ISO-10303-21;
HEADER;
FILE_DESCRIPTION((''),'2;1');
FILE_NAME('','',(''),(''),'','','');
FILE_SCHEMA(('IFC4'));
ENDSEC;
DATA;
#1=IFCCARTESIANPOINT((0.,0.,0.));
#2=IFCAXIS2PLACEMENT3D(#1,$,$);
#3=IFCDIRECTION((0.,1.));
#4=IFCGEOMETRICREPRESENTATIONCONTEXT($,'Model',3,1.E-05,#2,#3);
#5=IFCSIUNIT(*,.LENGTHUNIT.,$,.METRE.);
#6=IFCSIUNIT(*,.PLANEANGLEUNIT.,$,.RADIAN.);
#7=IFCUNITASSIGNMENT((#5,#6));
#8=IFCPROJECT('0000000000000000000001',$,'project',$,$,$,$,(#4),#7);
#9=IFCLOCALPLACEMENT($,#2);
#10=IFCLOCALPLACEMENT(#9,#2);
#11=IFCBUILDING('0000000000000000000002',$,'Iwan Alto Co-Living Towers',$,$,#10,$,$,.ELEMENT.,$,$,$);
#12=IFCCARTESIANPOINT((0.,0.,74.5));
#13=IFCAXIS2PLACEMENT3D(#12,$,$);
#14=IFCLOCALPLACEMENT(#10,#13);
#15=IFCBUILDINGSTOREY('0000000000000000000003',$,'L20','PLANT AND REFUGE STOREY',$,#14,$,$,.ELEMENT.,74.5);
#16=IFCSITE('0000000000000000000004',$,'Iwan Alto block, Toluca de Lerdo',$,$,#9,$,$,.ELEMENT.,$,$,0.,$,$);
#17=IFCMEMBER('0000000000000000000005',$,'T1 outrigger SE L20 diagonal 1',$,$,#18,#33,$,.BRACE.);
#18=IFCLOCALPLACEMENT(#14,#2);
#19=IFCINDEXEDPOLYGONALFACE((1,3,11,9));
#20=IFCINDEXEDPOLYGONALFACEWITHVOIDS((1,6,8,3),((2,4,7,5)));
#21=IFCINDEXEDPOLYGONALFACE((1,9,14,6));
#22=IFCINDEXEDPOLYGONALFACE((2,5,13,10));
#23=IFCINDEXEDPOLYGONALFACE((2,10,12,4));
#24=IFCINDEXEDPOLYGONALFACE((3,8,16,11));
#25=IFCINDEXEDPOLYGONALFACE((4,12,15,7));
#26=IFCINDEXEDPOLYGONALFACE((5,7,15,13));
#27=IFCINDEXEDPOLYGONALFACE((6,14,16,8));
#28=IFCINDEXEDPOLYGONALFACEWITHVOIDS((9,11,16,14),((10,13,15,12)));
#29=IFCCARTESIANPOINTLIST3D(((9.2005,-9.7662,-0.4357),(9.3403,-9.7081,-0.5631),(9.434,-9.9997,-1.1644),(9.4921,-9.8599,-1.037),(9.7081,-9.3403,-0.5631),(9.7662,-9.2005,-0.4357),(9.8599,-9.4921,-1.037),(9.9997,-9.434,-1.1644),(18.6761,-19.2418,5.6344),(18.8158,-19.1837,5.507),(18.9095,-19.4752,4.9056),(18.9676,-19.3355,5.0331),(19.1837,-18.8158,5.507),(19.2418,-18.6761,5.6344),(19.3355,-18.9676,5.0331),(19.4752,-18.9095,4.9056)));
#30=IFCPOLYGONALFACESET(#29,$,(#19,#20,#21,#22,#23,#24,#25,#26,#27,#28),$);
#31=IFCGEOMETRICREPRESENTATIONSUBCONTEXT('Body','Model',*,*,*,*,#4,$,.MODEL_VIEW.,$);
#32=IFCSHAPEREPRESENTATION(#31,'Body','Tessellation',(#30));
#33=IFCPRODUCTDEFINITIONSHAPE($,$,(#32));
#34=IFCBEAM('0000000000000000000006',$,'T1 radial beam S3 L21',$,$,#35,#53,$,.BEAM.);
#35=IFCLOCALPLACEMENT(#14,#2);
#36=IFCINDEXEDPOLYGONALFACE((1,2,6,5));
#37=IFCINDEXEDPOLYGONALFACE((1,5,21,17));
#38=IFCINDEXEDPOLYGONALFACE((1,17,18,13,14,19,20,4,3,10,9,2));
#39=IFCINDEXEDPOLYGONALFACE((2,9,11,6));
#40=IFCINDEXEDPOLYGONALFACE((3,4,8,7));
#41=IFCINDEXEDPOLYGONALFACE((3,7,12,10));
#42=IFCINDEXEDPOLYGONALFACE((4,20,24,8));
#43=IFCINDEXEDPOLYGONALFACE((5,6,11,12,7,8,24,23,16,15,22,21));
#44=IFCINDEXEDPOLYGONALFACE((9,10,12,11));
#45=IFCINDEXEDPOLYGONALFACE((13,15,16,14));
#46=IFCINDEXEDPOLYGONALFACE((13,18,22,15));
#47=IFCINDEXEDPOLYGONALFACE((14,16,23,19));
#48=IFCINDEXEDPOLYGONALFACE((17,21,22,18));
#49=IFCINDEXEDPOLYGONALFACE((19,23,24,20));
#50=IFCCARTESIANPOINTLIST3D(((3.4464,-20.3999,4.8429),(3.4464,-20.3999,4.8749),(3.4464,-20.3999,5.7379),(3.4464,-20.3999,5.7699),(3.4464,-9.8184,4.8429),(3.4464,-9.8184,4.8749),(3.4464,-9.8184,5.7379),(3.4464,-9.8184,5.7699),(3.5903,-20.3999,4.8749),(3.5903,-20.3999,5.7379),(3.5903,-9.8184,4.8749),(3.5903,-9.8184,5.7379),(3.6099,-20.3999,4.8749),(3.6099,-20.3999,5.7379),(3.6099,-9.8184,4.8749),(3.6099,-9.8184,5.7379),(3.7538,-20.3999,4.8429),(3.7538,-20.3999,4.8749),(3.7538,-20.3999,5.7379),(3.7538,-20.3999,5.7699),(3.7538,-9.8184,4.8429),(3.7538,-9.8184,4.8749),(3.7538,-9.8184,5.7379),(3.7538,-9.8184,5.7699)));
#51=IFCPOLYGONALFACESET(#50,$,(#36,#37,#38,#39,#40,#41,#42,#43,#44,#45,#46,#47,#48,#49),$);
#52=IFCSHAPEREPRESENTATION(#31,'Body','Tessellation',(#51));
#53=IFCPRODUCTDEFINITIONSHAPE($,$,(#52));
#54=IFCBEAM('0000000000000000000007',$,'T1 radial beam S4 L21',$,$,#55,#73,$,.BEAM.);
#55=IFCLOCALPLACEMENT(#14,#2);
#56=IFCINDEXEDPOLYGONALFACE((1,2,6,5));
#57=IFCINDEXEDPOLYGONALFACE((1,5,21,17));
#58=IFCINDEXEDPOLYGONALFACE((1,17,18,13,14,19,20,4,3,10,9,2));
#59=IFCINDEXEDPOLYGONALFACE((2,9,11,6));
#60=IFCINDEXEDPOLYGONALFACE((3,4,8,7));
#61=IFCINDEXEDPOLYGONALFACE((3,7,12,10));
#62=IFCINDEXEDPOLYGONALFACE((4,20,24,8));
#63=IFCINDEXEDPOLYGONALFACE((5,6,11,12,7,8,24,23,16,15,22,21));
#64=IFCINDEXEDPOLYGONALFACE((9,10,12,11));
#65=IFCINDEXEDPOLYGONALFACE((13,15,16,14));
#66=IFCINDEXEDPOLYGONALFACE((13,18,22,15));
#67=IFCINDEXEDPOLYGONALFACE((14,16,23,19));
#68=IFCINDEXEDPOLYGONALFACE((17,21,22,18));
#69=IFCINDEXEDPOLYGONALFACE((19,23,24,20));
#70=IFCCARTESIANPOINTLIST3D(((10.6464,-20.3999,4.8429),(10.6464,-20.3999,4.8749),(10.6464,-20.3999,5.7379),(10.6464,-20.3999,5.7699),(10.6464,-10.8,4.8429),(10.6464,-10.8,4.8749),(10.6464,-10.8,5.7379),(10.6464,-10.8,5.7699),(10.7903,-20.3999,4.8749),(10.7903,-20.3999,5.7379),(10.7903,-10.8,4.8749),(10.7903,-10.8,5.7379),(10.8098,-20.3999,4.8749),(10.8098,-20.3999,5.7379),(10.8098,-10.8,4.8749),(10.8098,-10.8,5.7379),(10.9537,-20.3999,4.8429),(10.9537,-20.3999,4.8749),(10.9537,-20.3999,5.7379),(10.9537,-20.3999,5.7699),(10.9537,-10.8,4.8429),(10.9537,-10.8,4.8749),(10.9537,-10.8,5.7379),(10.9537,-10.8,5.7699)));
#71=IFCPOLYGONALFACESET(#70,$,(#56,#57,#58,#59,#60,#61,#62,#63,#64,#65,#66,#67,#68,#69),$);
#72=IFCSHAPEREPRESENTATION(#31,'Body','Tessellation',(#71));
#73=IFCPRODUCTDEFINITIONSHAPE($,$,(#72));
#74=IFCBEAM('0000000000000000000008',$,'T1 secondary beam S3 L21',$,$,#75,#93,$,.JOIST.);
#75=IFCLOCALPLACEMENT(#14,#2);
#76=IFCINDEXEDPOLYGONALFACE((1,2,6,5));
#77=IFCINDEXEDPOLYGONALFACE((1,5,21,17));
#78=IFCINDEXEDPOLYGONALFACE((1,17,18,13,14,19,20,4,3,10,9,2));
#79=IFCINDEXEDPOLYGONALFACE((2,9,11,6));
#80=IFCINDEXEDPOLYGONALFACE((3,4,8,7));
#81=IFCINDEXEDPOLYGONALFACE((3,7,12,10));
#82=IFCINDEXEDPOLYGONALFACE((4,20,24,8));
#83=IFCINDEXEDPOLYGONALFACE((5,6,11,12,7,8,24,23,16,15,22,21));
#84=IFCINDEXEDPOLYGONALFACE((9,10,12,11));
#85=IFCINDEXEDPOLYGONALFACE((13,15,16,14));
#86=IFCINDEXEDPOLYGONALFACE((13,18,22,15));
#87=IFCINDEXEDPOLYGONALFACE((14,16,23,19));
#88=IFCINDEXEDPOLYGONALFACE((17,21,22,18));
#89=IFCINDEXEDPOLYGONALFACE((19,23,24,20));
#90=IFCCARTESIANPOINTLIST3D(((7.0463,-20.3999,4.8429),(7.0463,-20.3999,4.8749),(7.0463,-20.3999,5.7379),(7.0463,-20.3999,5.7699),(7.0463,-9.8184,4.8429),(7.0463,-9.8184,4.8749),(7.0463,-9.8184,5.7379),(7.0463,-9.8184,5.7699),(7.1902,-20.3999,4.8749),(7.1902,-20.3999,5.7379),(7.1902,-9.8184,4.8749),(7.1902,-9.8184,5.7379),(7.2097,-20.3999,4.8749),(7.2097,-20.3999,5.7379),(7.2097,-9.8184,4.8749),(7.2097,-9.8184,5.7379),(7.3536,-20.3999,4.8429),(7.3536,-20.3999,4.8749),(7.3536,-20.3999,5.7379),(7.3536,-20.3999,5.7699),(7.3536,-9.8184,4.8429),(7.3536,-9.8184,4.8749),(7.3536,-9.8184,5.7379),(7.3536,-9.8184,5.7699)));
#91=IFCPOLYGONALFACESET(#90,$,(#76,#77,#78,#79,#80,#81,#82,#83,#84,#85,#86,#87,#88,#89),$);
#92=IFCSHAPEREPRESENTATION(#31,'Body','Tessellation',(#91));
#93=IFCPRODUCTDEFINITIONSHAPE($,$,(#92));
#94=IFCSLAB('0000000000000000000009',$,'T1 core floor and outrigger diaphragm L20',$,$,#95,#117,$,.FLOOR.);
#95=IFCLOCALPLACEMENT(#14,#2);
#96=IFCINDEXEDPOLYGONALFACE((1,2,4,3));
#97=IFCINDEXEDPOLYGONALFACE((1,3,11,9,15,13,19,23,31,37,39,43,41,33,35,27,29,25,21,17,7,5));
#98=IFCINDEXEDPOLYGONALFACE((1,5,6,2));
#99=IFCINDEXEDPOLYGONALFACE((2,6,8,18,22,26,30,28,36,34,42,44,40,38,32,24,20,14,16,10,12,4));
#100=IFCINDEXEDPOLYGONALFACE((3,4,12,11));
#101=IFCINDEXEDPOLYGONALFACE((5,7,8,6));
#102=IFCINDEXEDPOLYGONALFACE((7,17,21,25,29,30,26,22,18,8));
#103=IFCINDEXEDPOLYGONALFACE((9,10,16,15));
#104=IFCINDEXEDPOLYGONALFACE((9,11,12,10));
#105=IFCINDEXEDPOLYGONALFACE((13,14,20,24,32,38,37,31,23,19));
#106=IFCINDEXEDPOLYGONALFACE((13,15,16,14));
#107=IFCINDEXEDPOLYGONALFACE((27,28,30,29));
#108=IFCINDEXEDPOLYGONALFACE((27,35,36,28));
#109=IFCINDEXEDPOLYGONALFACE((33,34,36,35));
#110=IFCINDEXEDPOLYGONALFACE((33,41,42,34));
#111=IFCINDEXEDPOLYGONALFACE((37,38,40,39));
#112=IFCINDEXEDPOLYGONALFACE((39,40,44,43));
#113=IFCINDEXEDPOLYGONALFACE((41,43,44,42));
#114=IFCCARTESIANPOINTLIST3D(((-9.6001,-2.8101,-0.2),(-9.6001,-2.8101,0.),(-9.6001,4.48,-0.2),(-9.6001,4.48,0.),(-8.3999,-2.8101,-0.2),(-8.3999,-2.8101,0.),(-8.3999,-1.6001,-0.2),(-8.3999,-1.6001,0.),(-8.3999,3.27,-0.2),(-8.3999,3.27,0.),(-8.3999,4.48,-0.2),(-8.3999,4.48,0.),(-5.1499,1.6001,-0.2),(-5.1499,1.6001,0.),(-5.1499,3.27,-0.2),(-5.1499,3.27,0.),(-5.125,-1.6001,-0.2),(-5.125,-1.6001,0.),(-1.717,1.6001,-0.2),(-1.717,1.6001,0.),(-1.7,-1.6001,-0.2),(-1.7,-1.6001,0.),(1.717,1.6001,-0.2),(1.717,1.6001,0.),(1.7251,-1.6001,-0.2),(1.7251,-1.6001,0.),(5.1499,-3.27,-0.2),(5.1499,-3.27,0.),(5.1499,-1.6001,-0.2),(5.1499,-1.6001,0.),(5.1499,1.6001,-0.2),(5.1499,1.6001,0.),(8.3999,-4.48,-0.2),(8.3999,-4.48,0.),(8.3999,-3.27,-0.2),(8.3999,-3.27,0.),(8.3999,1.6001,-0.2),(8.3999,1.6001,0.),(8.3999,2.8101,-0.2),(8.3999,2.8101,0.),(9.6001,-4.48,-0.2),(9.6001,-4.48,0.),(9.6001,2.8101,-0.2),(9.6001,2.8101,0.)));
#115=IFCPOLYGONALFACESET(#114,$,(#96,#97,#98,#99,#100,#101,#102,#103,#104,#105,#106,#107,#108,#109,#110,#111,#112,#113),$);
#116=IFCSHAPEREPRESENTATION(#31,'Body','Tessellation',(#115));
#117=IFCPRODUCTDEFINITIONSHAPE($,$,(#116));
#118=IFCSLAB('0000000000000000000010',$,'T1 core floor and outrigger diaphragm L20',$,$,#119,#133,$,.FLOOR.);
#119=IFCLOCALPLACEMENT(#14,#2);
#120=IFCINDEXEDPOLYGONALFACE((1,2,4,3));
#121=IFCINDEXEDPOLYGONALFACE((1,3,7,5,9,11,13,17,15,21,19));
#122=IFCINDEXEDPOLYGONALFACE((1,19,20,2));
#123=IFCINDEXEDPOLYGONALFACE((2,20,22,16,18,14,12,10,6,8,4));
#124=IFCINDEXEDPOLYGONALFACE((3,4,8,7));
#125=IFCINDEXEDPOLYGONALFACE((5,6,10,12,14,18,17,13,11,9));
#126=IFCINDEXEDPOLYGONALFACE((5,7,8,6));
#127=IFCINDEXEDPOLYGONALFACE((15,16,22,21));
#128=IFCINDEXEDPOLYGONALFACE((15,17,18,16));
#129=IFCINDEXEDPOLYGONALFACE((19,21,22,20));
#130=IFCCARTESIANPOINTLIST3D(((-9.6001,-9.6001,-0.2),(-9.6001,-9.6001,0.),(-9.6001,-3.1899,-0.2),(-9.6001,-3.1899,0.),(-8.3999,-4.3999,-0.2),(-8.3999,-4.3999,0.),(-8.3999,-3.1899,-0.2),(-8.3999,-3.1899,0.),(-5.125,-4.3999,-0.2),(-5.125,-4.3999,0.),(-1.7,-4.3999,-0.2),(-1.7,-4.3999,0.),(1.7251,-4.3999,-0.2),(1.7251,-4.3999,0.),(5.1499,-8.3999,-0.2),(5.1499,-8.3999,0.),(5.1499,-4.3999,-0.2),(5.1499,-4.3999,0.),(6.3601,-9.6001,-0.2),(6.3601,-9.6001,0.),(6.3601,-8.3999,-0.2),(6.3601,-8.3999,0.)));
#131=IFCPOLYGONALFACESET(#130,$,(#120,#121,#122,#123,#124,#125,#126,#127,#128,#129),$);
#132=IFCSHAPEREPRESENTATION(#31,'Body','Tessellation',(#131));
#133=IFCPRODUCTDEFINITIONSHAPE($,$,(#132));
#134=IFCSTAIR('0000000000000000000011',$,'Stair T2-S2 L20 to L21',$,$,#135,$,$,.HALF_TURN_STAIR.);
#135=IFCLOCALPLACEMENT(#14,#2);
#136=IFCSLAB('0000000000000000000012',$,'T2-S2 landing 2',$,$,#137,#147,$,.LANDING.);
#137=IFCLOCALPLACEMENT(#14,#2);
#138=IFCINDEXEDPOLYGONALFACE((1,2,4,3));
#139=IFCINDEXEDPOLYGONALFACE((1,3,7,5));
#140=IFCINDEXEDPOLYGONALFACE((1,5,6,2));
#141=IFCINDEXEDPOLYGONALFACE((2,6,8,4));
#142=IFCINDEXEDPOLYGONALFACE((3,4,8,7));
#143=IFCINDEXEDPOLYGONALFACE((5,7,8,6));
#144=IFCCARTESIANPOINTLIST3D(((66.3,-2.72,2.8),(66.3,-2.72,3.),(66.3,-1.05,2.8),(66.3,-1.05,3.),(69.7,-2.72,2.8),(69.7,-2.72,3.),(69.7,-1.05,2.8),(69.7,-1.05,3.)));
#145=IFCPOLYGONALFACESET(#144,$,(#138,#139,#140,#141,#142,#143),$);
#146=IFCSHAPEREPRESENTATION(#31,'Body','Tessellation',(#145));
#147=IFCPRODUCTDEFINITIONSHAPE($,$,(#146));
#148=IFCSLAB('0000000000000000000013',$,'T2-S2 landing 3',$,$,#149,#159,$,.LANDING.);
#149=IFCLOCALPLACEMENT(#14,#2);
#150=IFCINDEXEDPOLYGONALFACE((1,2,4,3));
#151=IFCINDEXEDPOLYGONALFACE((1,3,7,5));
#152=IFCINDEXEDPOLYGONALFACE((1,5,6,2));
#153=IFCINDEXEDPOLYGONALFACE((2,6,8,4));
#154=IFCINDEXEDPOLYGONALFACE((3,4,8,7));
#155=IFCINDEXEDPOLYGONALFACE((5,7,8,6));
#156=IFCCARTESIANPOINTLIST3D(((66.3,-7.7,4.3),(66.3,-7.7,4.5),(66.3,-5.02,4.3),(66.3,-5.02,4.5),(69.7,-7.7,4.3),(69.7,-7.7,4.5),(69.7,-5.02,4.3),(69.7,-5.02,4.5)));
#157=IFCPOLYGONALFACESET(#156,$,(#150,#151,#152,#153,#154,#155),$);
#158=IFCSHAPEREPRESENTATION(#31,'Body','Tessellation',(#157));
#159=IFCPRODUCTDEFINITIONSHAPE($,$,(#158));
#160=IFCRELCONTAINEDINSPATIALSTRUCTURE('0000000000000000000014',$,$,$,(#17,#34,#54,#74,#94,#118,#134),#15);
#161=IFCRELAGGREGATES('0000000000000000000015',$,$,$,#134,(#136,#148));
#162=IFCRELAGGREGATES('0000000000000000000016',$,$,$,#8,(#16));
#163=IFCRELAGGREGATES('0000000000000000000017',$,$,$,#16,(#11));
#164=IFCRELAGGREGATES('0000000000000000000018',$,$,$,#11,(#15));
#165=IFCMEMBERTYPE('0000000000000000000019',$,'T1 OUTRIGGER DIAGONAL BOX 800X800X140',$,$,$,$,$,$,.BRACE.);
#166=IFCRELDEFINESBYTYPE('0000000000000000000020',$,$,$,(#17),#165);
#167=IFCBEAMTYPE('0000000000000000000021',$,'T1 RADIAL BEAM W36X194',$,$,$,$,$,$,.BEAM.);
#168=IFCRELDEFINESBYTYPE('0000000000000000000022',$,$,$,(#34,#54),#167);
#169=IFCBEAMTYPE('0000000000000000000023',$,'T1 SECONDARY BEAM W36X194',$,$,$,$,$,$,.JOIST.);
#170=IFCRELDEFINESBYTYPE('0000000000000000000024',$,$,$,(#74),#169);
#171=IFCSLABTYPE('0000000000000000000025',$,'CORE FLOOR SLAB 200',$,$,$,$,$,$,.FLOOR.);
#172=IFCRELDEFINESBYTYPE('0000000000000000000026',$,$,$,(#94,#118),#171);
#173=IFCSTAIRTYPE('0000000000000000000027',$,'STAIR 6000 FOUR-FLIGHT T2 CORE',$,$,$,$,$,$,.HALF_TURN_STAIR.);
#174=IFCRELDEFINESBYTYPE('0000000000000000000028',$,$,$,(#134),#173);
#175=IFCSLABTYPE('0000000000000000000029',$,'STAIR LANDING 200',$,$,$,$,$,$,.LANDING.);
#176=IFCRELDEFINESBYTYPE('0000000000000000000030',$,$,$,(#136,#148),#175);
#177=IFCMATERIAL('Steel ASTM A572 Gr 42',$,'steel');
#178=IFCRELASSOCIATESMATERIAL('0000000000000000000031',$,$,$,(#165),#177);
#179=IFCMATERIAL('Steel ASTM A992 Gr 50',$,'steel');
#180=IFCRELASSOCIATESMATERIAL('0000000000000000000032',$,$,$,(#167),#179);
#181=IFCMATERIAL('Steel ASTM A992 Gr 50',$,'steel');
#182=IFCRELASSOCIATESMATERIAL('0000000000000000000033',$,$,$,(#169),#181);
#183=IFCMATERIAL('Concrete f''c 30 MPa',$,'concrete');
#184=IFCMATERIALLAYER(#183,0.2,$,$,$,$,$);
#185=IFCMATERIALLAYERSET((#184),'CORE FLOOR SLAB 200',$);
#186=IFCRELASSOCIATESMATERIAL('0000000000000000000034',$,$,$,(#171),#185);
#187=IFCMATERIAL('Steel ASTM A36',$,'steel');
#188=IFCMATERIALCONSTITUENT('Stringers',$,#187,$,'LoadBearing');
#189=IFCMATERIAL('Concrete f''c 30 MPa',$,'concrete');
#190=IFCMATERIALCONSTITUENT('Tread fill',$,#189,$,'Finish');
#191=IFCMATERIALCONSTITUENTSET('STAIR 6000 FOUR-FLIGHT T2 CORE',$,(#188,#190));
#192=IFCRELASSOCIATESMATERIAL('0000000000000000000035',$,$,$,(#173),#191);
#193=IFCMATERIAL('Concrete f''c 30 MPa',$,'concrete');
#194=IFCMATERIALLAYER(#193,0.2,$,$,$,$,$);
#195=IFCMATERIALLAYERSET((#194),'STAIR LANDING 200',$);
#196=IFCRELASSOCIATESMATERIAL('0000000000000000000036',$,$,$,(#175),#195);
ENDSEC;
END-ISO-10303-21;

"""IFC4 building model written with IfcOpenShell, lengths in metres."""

from ifc_helpers import new_model, si_unit, direction, frame, origin, origin_2d, place, context, subcontext, project, spatial, polyline, hollow_rectangle, i_section, outline, extrude, material, layer, layer_set, constituent, constituent_set, material_profile, profile_set, type_object, element, aggregate, save


model = new_model("IFC4")

# Units and contexts
model_context = context("Model", 3, precision=1e-05, world=origin(), true_north=direction((0.0, 1.0)))
body_context = subcontext(model_context, "Body", "Model", "MODEL_VIEW")
ifc_project = project(units=[si_unit("LENGTHUNIT", "METRE"), si_unit("PLANEANGLEUNIT", "RADIAN")], contexts=[model_context])

# Site, building, storey
site_placement = place(None, origin())
site = spatial("IfcSite", under=ifc_project, at=site_placement, Name="Iwan Alto block, Toluca de Lerdo", CompositionType="ELEMENT", RefElevation=0.0)
building_placement = place(site_placement, origin())
building = spatial("IfcBuilding", under=site, at=building_placement, Name="Iwan Alto Co-Living Towers", CompositionType="ELEMENT")
storey_placement = place(building_placement, frame((0.0, 0.0, 74.5)))
storey = spatial("IfcBuildingStorey", under=building, at=storey_placement, Name="L20", Description="PLANT AND REFUGE STOREY", CompositionType="ELEMENT", Elevation=74.5)

# Member
ifc_material_1 = material(Name="Steel ASTM A572 Gr 42", Category="steel")
ifc_material_profile_1 = material_profile(ifc_material_1, hollow_rectangle(XDim=0.8, YDim=0.8, WallThickness=0.1399, at=origin_2d()), Name="BOX 800X800X140")
ifc_profile_set_1 = profile_set([ifc_material_profile_1], Name="Steel ASTM A572 Gr 42")
member_type_1 = type_object("IfcMemberType", Name="T1 OUTRIGGER DIAGONAL BOX 800X800X140", PredefinedType="BRACE", material=ifc_profile_set_1)
member_1_placement = place(storey_placement, frame((9.6001, -9.6001, -0.8), z_axis=(0.644107, -0.644107, 0.412616), x_axis=(0.707107, 0.707107, 0.0)))
element("IfcMember", 1, at=member_1_placement, inside=storey, type_object=member_type_1, Name="T1 outrigger SE L20 diagonal 1", PredefinedType="BRACE", context=body_context, shape_type="SweptSolid", body=[
    extrude(hollow_rectangle(XDim=0.8, YDim=0.8, WallThickness=0.1399, at=origin_2d()), origin(), (0.0, 0.0, 1.0), 14.7112),
])

# Beams
ifc_material_2 = material(Name="Steel ASTM A992 Gr 50", Category="steel")
ifc_material_profile_2 = material_profile(ifc_material_2, i_section(OverallWidth=0.3074, OverallDepth=0.927, WebThickness=0.0195, FlangeThickness=0.032, at=origin_2d()), Name="W36X194")
ifc_profile_set_2 = profile_set([ifc_material_profile_2], Name="Steel ASTM A992 Gr 50")
beam_type_1 = type_object("IfcBeamType", Name="T1 RADIAL BEAM W36X194", PredefinedType="BEAM", material=ifc_profile_set_2)
beam_1_placement = place(storey_placement, frame((3.6001, -20.3999, 5.3064), z_axis=(0.0, 1.0, 0.0), x_axis=(-1.0, 0.0, 0.0)))
element("IfcBeam", 2, at=beam_1_placement, inside=storey, type_object=beam_type_1, Name="T1 radial beam S3 L21", PredefinedType="BEAM", context=body_context, shape_type="SweptSolid", body=[
    extrude(i_section(OverallWidth=0.3074, OverallDepth=0.927, WebThickness=0.0195, FlangeThickness=0.032, at=origin_2d()), origin(), (0.0, 0.0, 1.0), 10.5815),
])
beam_2_placement = place(storey_placement, frame((10.8, -20.3999, 5.3064), z_axis=(0.0, 1.0, 0.0), x_axis=(-1.0, 0.0, 0.0)))
element("IfcBeam", 3, at=beam_2_placement, inside=storey, type_object=beam_type_1, Name="T1 radial beam S4 L21", PredefinedType="BEAM", context=body_context, shape_type="SweptSolid", body=[
    extrude(i_section(OverallWidth=0.3074, OverallDepth=0.927, WebThickness=0.0195, FlangeThickness=0.032, at=origin_2d()), origin(), (0.0, 0.0, 1.0), 9.5999),
])
ifc_material_3 = material(Name="Steel ASTM A992 Gr 50", Category="steel")
ifc_material_profile_3 = material_profile(ifc_material_3, i_section(OverallWidth=0.3074, OverallDepth=0.927, WebThickness=0.0195, FlangeThickness=0.032, at=origin_2d()), Name="W36X194")
ifc_profile_set_3 = profile_set([ifc_material_profile_3], Name="Steel ASTM A992 Gr 50")
beam_type_2 = type_object("IfcBeamType", Name="T1 SECONDARY BEAM W36X194", PredefinedType="JOIST", material=ifc_profile_set_3)
beam_3_placement = place(storey_placement, frame((7.2, -20.3999, 5.3064), z_axis=(0.0, 1.0, 0.0), x_axis=(-1.0, 0.0, 0.0)))
element("IfcBeam", 4, at=beam_3_placement, inside=storey, type_object=beam_type_2, Name="T1 secondary beam S3 L21", PredefinedType="JOIST", context=body_context, shape_type="SweptSolid", body=[
    extrude(i_section(OverallWidth=0.3074, OverallDepth=0.927, WebThickness=0.0195, FlangeThickness=0.032, at=origin_2d()), origin(), (0.0, 0.0, 1.0), 10.5815),
])

# Slabs
ifc_material_4 = material(Name="Concrete f'c 30 MPa", Category="concrete")
ifc_layer_1 = layer(ifc_material_4, 0.2)
ifc_layer_set_1 = layer_set([ifc_layer_1], Name="CORE FLOOR SLAB 200")
slab_type_1 = type_object("IfcSlabType", Name="CORE FLOOR SLAB 200", PredefinedType="FLOOR", material=ifc_layer_set_1)
slab_1_placement = place(storey_placement, frame((0.0, 0.0, -0.2)))
element("IfcSlab", 5, at=slab_1_placement, inside=storey, type_object=slab_type_1, Name="T1 core floor and outrigger diaphragm L20", PredefinedType="FLOOR", context=body_context, shape_type="SweptSolid", body=[
    extrude(outline(polyline([(8.3999, -3.27), (5.1499, -3.27), (5.1499, -1.6001), (1.7251, -1.6001), (-1.7, -1.6001), (-5.125, -1.6001), (-8.3999, -1.6001), (-8.3999, -2.8101), (-9.6001, -2.8101), (-9.6001, 4.48), (-8.3999, 4.48), (-8.3999, 3.27), (-5.1499, 3.27), (-5.1499, 1.6001), (-1.717, 1.6001), (1.717, 1.6001), (5.1499, 1.6001), (8.3999, 1.6001), (8.3999, 2.8101), (9.6001, 2.8101), (9.6001, -4.48), (8.3999, -4.48), (8.3999, -3.27)])), origin(), (0.0, 0.0, 1.0), 0.2),
])
slab_2_placement = place(storey_placement, frame((0.0, 0.0, -0.2)))
element("IfcSlab", 6, at=slab_2_placement, inside=storey, type_object=slab_type_1, Name="T1 core floor and outrigger diaphragm L20", PredefinedType="FLOOR", context=body_context, shape_type="SweptSolid", body=[
    extrude(outline(polyline([(-1.7, -4.3999), (1.7251, -4.3999), (5.1499, -4.3999), (5.1499, -8.3999), (6.3601, -8.3999), (6.3601, -9.6001), (-9.6001, -9.6001), (-9.6001, -3.1899), (-8.3999, -3.1899), (-8.3999, -4.3999), (-5.125, -4.3999), (-1.7, -4.3999)])), origin(), (0.0, 0.0, 1.0), 0.2),
])

# Stair, slabs
ifc_material_5 = material(Name="Steel ASTM A36", Category="steel")
ifc_constituent_1 = constituent(ifc_material_5, Name="Stringers", Category="LoadBearing")
ifc_material_6 = material(Name="Concrete f'c 30 MPa", Category="concrete")
ifc_constituent_2 = constituent(ifc_material_6, Name="Tread fill", Category="Finish")
ifc_constituent_set_1 = constituent_set(constituents=[ifc_constituent_1, ifc_constituent_2], Name="STAIR 6000 FOUR-FLIGHT T2 CORE")
stair_type_1 = type_object("IfcStairType", Name="STAIR 6000 FOUR-FLIGHT T2 CORE", PredefinedType="HALF_TURN_STAIR", material=ifc_constituent_set_1)
stair_1_placement = place(storey_placement, origin())
stair_1 = element("IfcStair", 7, at=stair_1_placement, inside=storey, type_object=stair_type_1, Name="Stair T2-S2 L20 to L21", PredefinedType="HALF_TURN_STAIR")
ifc_material_7 = material(Name="Concrete f'c 30 MPa", Category="concrete")
ifc_layer_2 = layer(ifc_material_7, 0.2)
ifc_layer_set_2 = layer_set([ifc_layer_2], Name="STAIR LANDING 200")
slab_type_2 = type_object("IfcSlabType", Name="STAIR LANDING 200", PredefinedType="LANDING", material=ifc_layer_set_2)
slab_3_placement = place(storey_placement, frame((0.0, 0.0, 2.8)))
slab_3 = element("IfcSlab", 8, at=slab_3_placement, type_object=slab_type_2, Name="T2-S2 landing 2", PredefinedType="LANDING", context=body_context, shape_type="SweptSolid", body=[
    extrude(outline(polyline([(66.3, -1.05), (66.3, -2.72), (69.7, -2.72), (69.7, -1.05), (66.3, -1.05)])), origin(), (0.0, 0.0, 1.0), 0.2),
])
slab_4_placement = place(storey_placement, frame((0.0, 0.0, 4.3)))
slab_4 = element("IfcSlab", 9, at=slab_4_placement, type_object=slab_type_2, Name="T2-S2 landing 3", PredefinedType="LANDING", context=body_context, shape_type="SweptSolid", body=[
    extrude(outline(polyline([(66.3, -5.02), (66.3, -7.7), (69.7, -7.7), (69.7, -5.02), (66.3, -5.02)])), origin(), (0.0, 0.0, 1.0), 0.2),
])
aggregate(stair_1, [slab_3, slab_4])

save(model, "model.ifc")
